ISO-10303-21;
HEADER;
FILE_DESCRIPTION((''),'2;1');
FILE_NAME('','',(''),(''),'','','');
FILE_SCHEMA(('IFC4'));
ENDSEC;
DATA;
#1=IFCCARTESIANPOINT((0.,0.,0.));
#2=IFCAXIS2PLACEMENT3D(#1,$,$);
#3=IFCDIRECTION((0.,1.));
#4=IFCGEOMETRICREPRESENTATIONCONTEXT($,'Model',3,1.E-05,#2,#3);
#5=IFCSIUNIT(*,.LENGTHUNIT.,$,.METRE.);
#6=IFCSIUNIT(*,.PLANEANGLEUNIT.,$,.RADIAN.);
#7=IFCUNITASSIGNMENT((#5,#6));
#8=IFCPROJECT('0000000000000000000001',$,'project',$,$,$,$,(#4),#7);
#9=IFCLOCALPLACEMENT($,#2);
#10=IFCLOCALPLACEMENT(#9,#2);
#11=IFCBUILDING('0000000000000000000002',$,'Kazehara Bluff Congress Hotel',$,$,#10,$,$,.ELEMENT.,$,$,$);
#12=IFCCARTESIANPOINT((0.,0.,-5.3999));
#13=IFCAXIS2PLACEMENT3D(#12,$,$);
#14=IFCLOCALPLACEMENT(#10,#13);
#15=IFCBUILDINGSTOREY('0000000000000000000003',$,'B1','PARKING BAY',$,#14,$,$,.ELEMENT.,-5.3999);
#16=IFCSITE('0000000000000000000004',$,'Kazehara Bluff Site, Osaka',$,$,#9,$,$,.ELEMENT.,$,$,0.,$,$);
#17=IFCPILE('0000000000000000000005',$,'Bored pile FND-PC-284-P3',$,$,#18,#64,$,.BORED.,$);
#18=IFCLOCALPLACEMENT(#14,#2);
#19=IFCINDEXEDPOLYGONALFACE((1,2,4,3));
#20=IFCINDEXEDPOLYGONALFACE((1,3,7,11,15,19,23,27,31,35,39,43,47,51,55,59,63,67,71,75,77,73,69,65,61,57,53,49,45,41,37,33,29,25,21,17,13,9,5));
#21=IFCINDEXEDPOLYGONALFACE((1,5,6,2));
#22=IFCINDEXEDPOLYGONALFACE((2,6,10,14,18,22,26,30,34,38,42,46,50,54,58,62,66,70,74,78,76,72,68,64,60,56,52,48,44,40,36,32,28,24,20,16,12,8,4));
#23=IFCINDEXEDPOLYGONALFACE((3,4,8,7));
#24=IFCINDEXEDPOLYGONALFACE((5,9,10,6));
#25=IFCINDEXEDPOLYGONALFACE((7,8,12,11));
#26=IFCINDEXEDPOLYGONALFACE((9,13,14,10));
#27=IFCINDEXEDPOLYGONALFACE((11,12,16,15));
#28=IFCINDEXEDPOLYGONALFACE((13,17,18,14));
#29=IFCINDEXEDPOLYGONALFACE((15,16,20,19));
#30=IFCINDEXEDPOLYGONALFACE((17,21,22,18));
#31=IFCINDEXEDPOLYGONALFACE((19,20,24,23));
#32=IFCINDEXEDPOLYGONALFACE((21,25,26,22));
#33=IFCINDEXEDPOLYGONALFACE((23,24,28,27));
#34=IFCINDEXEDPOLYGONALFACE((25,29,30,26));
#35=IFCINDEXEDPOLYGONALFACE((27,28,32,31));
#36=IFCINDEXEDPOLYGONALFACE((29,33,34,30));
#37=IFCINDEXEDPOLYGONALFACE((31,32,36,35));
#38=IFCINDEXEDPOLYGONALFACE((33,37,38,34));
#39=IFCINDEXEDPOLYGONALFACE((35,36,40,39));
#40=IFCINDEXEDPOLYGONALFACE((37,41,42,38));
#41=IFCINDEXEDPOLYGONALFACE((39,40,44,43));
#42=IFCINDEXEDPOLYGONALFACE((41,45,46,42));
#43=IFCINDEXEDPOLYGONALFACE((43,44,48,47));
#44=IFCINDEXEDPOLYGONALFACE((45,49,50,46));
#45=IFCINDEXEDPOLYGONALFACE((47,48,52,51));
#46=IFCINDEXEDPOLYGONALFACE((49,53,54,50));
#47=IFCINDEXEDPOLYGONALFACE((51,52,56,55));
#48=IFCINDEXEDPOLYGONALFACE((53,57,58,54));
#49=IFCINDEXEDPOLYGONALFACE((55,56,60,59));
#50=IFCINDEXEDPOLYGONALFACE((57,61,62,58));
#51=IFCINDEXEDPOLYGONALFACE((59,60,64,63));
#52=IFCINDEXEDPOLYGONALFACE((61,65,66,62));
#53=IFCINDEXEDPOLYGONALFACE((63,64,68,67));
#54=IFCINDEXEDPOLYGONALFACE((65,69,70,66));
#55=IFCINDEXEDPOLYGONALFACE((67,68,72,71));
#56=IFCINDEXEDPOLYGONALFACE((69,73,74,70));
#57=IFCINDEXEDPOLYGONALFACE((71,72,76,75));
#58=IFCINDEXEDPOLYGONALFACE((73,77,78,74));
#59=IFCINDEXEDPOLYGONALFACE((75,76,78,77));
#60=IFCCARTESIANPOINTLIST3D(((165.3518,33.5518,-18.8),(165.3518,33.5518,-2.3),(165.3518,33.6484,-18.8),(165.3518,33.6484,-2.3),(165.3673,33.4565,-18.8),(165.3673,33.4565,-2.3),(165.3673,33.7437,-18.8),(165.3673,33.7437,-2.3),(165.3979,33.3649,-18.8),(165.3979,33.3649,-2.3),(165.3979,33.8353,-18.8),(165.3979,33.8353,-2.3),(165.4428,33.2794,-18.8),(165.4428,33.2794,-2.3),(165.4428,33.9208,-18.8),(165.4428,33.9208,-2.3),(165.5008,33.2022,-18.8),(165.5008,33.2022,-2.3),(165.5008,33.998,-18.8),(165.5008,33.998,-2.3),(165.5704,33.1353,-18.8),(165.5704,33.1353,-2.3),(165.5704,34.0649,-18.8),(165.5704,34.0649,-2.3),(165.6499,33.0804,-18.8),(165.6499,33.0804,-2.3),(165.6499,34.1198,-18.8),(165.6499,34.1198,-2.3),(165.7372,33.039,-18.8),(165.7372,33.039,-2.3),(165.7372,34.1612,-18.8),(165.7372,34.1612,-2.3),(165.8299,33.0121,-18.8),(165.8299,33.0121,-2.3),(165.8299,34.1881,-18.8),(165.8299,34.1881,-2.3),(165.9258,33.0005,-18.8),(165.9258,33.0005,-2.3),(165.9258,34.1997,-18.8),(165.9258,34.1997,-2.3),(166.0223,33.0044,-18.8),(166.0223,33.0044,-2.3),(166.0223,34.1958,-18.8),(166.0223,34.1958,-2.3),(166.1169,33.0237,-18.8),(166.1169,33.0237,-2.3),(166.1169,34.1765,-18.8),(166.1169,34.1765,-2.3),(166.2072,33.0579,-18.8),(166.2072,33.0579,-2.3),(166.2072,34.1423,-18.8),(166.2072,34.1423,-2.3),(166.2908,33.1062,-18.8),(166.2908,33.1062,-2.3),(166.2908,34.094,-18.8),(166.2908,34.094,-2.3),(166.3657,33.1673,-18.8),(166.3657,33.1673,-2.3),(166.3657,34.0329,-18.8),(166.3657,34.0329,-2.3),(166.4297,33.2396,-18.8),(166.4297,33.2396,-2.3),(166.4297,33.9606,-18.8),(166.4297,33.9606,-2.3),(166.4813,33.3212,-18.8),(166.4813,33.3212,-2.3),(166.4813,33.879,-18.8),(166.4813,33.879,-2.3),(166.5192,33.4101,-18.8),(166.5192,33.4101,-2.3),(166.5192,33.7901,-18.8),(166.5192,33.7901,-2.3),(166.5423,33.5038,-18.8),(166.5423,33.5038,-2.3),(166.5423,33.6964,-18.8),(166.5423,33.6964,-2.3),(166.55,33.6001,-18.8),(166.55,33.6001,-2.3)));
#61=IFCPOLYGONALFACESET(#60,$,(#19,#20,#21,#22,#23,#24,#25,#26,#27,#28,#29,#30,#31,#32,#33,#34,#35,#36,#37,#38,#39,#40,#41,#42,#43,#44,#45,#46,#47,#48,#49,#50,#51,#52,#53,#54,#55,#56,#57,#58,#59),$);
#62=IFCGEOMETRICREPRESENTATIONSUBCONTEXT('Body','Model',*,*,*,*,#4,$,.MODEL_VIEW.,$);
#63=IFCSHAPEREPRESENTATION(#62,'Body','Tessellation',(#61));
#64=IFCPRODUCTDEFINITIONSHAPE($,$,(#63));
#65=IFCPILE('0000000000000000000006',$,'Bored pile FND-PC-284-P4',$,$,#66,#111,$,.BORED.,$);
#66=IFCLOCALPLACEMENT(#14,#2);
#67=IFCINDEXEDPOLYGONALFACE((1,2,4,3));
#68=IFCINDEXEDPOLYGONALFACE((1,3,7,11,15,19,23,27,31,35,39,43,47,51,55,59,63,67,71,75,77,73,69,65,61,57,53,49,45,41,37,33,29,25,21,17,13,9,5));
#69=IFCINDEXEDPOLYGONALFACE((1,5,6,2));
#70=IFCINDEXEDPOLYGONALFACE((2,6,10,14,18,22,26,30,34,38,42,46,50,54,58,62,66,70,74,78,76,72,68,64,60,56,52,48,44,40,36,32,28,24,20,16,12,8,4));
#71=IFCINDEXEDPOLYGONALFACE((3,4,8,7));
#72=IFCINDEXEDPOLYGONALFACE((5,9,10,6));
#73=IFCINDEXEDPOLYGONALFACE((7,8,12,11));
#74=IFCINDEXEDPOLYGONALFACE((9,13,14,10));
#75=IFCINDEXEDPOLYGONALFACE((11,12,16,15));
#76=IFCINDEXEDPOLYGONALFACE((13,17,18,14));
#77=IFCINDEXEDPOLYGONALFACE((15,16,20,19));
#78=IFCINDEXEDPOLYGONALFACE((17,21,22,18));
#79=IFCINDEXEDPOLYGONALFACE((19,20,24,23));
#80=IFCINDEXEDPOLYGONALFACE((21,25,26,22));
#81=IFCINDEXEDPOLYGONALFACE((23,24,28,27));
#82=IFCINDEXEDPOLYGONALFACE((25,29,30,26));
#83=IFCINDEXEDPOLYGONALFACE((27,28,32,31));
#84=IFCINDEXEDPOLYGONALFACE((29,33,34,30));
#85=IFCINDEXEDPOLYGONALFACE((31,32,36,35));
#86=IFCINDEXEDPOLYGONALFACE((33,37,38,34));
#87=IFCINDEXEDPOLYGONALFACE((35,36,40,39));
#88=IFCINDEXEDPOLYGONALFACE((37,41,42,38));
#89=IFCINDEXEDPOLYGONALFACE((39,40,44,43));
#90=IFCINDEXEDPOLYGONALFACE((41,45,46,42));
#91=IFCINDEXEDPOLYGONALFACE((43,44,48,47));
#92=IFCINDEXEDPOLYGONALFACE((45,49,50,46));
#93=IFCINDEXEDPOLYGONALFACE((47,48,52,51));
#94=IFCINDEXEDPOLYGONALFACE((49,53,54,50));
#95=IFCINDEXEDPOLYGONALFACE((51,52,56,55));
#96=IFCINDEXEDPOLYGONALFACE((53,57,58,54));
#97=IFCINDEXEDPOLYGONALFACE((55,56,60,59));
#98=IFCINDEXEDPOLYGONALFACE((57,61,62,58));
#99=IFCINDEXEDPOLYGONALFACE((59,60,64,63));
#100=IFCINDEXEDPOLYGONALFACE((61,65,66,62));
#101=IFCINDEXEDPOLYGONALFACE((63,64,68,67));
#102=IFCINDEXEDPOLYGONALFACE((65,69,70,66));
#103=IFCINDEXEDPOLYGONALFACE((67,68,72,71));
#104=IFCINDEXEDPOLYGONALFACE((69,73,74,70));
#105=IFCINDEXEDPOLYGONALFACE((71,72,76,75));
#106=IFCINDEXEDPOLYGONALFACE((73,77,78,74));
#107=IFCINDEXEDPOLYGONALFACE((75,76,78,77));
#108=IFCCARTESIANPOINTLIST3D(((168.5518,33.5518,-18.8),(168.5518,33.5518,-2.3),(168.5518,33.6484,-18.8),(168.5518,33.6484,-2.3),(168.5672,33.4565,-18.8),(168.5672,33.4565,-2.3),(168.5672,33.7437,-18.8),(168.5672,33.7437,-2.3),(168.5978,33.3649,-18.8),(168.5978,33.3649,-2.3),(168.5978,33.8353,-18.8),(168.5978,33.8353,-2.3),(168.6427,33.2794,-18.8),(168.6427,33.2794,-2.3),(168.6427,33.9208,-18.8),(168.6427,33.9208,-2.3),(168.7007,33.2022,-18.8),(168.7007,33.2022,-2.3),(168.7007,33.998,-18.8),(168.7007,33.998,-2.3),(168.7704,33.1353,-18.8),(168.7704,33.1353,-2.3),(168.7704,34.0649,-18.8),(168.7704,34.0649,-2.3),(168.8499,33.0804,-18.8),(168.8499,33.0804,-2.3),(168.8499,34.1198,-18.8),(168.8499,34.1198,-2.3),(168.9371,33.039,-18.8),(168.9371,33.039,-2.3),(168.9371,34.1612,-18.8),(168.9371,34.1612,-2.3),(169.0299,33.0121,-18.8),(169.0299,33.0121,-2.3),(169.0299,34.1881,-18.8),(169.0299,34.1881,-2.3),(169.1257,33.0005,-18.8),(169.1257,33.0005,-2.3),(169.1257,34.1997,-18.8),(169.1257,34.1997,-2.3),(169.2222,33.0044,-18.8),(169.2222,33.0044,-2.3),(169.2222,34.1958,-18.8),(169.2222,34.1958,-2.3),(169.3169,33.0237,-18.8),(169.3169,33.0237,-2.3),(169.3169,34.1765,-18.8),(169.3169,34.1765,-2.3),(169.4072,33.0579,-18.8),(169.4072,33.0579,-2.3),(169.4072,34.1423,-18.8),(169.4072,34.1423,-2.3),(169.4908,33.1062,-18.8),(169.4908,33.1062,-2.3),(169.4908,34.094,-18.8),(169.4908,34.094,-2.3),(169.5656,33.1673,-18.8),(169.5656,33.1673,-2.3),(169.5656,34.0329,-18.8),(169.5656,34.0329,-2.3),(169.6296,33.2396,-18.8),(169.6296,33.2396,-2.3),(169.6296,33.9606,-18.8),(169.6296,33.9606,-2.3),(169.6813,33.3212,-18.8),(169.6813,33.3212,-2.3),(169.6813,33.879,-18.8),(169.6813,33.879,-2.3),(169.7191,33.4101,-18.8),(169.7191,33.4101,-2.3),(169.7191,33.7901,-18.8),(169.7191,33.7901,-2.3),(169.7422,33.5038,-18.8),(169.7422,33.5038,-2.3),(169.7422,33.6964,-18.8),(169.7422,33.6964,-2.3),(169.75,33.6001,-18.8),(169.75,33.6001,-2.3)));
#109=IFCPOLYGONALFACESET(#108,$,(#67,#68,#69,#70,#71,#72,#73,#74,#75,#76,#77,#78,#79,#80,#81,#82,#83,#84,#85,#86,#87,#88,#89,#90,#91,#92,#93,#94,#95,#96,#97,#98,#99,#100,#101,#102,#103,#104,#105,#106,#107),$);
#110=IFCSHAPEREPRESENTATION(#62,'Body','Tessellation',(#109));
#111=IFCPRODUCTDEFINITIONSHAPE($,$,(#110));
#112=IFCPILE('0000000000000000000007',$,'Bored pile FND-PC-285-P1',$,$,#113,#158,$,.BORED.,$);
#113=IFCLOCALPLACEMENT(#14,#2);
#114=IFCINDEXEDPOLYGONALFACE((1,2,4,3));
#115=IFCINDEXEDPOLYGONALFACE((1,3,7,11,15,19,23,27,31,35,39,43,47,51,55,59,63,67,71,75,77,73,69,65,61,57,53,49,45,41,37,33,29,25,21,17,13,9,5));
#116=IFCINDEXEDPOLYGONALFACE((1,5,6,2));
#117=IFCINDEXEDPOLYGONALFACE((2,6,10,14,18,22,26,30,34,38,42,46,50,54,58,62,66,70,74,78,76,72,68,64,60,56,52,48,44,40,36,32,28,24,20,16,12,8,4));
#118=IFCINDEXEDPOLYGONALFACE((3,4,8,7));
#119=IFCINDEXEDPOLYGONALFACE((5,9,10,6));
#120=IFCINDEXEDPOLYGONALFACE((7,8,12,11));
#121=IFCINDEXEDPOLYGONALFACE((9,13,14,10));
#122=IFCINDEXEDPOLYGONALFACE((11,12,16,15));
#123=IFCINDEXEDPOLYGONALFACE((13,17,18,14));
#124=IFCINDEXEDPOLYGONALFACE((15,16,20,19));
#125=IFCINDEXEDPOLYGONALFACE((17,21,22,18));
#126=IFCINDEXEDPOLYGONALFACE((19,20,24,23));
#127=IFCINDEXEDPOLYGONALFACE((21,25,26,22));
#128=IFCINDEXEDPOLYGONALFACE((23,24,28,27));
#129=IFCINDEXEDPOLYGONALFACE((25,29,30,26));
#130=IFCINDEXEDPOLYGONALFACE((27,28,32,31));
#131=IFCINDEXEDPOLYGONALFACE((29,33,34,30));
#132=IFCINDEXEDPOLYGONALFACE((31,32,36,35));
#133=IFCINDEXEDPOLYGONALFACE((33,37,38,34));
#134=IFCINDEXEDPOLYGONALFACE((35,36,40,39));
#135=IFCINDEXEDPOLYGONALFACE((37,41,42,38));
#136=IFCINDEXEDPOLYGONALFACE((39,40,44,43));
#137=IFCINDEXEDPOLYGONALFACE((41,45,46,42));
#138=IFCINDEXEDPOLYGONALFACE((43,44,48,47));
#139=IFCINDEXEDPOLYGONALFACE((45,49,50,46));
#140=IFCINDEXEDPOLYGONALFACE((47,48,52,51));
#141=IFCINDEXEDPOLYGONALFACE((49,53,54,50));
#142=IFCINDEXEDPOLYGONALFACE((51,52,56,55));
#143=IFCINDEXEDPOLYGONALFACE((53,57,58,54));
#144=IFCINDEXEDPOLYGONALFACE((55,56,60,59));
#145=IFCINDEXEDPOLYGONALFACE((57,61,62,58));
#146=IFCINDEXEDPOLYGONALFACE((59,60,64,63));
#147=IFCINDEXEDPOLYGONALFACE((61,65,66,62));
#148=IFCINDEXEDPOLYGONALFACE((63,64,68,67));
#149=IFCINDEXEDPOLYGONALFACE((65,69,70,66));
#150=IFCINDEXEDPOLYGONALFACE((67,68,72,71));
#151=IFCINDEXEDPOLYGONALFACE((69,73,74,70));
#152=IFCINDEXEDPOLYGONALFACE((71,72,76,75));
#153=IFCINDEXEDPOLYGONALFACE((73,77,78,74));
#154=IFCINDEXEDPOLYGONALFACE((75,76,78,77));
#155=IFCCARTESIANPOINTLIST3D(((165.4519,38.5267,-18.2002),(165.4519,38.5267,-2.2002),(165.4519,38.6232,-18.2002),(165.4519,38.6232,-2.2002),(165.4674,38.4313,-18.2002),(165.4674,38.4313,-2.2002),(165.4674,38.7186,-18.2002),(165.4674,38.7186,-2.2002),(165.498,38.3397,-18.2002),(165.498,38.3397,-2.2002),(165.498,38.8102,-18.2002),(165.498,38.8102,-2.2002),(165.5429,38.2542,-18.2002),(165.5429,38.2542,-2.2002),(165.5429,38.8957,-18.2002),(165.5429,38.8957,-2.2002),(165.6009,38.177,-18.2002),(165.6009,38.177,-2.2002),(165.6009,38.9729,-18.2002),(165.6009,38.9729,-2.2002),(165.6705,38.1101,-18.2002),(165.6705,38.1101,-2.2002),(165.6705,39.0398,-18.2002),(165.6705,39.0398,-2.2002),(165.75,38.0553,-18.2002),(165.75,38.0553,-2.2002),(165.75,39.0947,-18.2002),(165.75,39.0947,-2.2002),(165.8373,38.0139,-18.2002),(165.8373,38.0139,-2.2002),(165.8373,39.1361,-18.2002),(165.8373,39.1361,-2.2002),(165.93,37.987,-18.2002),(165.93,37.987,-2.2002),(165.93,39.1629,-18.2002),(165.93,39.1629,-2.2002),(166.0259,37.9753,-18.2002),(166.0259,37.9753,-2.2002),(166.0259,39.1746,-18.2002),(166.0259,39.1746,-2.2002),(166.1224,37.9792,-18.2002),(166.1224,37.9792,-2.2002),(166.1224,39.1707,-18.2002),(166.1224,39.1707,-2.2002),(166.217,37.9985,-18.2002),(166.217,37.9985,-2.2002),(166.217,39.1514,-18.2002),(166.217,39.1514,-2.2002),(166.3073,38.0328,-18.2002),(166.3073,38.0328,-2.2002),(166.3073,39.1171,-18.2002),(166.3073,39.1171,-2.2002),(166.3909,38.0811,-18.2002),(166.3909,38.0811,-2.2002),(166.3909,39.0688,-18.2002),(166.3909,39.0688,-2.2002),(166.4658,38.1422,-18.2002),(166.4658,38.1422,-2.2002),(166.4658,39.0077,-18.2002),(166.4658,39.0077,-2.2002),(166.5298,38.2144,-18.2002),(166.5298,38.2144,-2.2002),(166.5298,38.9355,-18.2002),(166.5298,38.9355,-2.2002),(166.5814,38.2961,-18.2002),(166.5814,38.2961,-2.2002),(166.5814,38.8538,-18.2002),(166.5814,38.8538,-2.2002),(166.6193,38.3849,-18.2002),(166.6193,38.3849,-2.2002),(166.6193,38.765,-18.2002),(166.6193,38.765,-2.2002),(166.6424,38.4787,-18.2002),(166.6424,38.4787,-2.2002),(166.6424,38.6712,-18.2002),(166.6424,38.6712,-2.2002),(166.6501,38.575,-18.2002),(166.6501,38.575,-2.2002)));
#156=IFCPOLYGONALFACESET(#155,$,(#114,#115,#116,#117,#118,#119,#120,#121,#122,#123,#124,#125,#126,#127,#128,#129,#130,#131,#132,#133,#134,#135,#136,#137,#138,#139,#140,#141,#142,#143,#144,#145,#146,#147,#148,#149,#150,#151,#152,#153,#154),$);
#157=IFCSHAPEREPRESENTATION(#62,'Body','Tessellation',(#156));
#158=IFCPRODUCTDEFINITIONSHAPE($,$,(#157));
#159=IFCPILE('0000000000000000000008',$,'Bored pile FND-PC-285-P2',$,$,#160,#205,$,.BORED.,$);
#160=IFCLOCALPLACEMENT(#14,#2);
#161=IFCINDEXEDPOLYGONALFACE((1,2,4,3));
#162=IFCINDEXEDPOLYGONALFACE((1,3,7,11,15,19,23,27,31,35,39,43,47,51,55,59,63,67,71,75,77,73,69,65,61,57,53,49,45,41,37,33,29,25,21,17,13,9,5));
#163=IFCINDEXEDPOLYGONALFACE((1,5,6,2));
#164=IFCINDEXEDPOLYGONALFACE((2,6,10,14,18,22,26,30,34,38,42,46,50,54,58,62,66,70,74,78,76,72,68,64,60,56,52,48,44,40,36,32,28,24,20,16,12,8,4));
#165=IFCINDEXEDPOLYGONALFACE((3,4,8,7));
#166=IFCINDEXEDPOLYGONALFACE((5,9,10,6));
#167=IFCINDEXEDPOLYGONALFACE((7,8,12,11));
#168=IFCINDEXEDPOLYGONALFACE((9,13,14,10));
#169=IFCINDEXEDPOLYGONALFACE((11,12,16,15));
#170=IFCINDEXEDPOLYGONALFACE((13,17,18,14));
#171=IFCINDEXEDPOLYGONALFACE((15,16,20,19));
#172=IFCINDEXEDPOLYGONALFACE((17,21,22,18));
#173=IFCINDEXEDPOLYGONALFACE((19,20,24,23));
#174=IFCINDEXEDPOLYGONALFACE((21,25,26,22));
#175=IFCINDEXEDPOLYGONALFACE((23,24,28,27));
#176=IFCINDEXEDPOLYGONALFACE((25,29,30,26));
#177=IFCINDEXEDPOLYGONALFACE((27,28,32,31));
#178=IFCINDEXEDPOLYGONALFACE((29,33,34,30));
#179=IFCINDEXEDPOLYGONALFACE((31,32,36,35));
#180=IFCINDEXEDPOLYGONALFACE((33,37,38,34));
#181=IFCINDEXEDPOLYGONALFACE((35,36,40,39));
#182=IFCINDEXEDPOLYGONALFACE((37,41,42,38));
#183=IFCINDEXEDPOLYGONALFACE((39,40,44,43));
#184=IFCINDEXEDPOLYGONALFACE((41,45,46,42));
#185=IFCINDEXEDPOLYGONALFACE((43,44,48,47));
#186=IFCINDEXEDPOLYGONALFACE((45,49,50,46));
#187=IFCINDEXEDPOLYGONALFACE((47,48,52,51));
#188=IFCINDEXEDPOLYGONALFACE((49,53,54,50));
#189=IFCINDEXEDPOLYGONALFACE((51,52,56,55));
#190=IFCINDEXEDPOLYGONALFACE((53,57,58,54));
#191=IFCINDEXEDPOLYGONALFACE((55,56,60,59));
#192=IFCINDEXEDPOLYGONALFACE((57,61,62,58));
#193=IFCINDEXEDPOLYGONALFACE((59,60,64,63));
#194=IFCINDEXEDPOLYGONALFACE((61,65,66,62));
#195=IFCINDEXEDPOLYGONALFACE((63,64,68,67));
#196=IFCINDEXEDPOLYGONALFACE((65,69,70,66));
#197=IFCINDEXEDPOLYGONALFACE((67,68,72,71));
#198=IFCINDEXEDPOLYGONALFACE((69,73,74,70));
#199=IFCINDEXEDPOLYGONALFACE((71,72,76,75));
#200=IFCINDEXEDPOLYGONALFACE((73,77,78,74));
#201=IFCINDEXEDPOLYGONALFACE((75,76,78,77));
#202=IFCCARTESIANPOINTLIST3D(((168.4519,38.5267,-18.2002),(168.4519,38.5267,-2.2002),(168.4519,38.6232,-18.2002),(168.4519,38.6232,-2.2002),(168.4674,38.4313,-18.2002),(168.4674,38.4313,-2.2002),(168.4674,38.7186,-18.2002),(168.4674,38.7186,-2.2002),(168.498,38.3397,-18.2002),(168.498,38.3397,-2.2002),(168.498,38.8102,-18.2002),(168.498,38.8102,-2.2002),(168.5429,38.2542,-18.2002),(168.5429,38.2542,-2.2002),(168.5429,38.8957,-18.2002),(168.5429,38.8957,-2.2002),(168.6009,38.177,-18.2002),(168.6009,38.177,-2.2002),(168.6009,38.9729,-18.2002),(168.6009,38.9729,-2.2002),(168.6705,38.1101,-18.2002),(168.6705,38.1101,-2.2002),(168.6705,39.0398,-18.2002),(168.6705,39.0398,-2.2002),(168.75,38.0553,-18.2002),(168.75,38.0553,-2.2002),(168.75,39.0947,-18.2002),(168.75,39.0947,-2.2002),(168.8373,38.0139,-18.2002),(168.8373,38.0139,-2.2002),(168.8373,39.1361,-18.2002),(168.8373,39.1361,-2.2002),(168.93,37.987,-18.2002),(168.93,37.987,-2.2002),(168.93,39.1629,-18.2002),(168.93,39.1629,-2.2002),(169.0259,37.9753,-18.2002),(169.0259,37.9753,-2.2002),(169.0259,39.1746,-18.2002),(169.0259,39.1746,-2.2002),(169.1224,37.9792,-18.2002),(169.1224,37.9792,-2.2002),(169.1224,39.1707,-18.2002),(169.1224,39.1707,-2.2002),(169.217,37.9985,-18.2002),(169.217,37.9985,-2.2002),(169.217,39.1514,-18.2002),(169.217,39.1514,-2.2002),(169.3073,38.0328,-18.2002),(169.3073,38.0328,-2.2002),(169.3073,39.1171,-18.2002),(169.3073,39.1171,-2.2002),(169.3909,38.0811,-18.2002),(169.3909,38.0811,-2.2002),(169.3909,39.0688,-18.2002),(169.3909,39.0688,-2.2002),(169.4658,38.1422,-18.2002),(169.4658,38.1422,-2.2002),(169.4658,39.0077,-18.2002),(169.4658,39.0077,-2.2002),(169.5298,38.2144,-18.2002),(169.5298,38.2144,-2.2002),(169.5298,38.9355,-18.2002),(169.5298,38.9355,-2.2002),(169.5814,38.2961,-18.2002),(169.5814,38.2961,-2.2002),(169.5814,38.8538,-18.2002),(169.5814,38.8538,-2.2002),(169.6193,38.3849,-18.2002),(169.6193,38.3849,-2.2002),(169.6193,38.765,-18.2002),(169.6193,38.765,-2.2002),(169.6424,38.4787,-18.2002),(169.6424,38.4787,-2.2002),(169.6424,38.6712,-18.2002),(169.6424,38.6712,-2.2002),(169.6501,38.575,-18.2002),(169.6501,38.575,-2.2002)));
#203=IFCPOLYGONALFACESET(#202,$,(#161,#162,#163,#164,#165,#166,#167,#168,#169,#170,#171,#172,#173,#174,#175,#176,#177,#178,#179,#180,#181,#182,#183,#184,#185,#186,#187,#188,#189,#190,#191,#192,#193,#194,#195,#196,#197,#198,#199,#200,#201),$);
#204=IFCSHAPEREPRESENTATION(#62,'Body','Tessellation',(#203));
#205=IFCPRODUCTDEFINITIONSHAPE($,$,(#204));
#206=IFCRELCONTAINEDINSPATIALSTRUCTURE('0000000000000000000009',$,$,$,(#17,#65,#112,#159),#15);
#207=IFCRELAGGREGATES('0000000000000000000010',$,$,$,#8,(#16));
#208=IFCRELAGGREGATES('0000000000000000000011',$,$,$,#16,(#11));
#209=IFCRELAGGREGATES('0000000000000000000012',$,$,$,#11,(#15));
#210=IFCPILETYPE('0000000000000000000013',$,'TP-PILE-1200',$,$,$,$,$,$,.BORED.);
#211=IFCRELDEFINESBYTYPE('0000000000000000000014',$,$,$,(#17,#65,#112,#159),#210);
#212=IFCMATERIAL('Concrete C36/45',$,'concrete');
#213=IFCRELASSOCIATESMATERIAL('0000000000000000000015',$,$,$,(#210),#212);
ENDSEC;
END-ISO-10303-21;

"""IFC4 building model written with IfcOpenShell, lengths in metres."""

from ifc_helpers import new_model, si_unit, direction, frame, origin, origin_2d, place, context, subcontext, project, spatial, circle, extrude, material, material_profile, profile_set, type_object, element, save


model = new_model("IFC4")

# Units and contexts
model_context = context("Model", 3, precision=1e-05, world=origin(), true_north=direction((0.0, 1.0)))
body_context = subcontext(model_context, "Body", "Model", "MODEL_VIEW")
ifc_project = project(units=[si_unit("LENGTHUNIT", "METRE"), si_unit("PLANEANGLEUNIT", "RADIAN")], contexts=[model_context])

# Site, building, storey
site_placement = place(None, origin())
site = spatial("IfcSite", under=ifc_project, at=site_placement, Name="Kazehara Bluff Site, Osaka", CompositionType="ELEMENT", RefElevation=0.0)
building_placement = place(site_placement, origin())
building = spatial("IfcBuilding", under=site, at=building_placement, Name="Kazehara Bluff Congress Hotel", CompositionType="ELEMENT")
storey_placement = place(building_placement, frame((0.0, 0.0, -5.3999)))
storey = spatial("IfcBuildingStorey", under=building, at=storey_placement, Name="B1", Description="PARKING BAY", CompositionType="ELEMENT", Elevation=-5.3999)

# Piles
ifc_material_1 = material(Name="Concrete C36/45", Category="concrete")
ifc_material_profile_1 = material_profile(ifc_material_1, circle(Radius=0.6001, at=origin_2d()))
ifc_profile_set_1 = profile_set([ifc_material_profile_1], Name="Concrete C36/45")
pile_type = type_object("IfcPileType", Name="TP-PILE-1200", PredefinedType="BORED", material=ifc_profile_set_1)
for number, where, z_axis, x_axis, name in (
    (1, (165.95, 33.6001, -2.3), (0.0, 0.0, -1.0), (1.0, 0.0, 0.0), "Bored pile FND-PC-284-P3"),
    (2, (169.1499, 33.6001, -2.3), (0.0, 0.0, -1.0), (1.0, 0.0, 0.0), "Bored pile FND-PC-284-P4"),
):
    element("IfcPile", number, at=place(storey_placement, frame(where, z_axis=z_axis, x_axis=x_axis)), inside=storey, type_object=pile_type, Name=name, PredefinedType="BORED", context=body_context, shape_type="SweptSolid", body=[
        extrude(circle(Radius=0.6001, at=origin_2d()), origin(), (0.0, 0.0, 1.0), 16.5),
    ])
for number, where, z_axis, x_axis, name in (
    (3, (166.05, 38.575, -2.2002), (0.0, 0.0, -1.0), (1.0, 0.0, 0.0), "Bored pile FND-PC-285-P1"),
    (4, (169.05, 38.575, -2.2002), (0.0, 0.0, -1.0), (1.0, 0.0, 0.0), "Bored pile FND-PC-285-P2"),
):
    element("IfcPile", number, at=place(storey_placement, frame(where, z_axis=z_axis, x_axis=x_axis)), inside=storey, type_object=pile_type, Name=name, PredefinedType="BORED", context=body_context, shape_type="SweptSolid", body=[
        extrude(circle(Radius=0.6001, at=origin_2d()), origin(), (0.0, 0.0, 1.0), 16.0),
    ])

save(model, "model.ifc")
